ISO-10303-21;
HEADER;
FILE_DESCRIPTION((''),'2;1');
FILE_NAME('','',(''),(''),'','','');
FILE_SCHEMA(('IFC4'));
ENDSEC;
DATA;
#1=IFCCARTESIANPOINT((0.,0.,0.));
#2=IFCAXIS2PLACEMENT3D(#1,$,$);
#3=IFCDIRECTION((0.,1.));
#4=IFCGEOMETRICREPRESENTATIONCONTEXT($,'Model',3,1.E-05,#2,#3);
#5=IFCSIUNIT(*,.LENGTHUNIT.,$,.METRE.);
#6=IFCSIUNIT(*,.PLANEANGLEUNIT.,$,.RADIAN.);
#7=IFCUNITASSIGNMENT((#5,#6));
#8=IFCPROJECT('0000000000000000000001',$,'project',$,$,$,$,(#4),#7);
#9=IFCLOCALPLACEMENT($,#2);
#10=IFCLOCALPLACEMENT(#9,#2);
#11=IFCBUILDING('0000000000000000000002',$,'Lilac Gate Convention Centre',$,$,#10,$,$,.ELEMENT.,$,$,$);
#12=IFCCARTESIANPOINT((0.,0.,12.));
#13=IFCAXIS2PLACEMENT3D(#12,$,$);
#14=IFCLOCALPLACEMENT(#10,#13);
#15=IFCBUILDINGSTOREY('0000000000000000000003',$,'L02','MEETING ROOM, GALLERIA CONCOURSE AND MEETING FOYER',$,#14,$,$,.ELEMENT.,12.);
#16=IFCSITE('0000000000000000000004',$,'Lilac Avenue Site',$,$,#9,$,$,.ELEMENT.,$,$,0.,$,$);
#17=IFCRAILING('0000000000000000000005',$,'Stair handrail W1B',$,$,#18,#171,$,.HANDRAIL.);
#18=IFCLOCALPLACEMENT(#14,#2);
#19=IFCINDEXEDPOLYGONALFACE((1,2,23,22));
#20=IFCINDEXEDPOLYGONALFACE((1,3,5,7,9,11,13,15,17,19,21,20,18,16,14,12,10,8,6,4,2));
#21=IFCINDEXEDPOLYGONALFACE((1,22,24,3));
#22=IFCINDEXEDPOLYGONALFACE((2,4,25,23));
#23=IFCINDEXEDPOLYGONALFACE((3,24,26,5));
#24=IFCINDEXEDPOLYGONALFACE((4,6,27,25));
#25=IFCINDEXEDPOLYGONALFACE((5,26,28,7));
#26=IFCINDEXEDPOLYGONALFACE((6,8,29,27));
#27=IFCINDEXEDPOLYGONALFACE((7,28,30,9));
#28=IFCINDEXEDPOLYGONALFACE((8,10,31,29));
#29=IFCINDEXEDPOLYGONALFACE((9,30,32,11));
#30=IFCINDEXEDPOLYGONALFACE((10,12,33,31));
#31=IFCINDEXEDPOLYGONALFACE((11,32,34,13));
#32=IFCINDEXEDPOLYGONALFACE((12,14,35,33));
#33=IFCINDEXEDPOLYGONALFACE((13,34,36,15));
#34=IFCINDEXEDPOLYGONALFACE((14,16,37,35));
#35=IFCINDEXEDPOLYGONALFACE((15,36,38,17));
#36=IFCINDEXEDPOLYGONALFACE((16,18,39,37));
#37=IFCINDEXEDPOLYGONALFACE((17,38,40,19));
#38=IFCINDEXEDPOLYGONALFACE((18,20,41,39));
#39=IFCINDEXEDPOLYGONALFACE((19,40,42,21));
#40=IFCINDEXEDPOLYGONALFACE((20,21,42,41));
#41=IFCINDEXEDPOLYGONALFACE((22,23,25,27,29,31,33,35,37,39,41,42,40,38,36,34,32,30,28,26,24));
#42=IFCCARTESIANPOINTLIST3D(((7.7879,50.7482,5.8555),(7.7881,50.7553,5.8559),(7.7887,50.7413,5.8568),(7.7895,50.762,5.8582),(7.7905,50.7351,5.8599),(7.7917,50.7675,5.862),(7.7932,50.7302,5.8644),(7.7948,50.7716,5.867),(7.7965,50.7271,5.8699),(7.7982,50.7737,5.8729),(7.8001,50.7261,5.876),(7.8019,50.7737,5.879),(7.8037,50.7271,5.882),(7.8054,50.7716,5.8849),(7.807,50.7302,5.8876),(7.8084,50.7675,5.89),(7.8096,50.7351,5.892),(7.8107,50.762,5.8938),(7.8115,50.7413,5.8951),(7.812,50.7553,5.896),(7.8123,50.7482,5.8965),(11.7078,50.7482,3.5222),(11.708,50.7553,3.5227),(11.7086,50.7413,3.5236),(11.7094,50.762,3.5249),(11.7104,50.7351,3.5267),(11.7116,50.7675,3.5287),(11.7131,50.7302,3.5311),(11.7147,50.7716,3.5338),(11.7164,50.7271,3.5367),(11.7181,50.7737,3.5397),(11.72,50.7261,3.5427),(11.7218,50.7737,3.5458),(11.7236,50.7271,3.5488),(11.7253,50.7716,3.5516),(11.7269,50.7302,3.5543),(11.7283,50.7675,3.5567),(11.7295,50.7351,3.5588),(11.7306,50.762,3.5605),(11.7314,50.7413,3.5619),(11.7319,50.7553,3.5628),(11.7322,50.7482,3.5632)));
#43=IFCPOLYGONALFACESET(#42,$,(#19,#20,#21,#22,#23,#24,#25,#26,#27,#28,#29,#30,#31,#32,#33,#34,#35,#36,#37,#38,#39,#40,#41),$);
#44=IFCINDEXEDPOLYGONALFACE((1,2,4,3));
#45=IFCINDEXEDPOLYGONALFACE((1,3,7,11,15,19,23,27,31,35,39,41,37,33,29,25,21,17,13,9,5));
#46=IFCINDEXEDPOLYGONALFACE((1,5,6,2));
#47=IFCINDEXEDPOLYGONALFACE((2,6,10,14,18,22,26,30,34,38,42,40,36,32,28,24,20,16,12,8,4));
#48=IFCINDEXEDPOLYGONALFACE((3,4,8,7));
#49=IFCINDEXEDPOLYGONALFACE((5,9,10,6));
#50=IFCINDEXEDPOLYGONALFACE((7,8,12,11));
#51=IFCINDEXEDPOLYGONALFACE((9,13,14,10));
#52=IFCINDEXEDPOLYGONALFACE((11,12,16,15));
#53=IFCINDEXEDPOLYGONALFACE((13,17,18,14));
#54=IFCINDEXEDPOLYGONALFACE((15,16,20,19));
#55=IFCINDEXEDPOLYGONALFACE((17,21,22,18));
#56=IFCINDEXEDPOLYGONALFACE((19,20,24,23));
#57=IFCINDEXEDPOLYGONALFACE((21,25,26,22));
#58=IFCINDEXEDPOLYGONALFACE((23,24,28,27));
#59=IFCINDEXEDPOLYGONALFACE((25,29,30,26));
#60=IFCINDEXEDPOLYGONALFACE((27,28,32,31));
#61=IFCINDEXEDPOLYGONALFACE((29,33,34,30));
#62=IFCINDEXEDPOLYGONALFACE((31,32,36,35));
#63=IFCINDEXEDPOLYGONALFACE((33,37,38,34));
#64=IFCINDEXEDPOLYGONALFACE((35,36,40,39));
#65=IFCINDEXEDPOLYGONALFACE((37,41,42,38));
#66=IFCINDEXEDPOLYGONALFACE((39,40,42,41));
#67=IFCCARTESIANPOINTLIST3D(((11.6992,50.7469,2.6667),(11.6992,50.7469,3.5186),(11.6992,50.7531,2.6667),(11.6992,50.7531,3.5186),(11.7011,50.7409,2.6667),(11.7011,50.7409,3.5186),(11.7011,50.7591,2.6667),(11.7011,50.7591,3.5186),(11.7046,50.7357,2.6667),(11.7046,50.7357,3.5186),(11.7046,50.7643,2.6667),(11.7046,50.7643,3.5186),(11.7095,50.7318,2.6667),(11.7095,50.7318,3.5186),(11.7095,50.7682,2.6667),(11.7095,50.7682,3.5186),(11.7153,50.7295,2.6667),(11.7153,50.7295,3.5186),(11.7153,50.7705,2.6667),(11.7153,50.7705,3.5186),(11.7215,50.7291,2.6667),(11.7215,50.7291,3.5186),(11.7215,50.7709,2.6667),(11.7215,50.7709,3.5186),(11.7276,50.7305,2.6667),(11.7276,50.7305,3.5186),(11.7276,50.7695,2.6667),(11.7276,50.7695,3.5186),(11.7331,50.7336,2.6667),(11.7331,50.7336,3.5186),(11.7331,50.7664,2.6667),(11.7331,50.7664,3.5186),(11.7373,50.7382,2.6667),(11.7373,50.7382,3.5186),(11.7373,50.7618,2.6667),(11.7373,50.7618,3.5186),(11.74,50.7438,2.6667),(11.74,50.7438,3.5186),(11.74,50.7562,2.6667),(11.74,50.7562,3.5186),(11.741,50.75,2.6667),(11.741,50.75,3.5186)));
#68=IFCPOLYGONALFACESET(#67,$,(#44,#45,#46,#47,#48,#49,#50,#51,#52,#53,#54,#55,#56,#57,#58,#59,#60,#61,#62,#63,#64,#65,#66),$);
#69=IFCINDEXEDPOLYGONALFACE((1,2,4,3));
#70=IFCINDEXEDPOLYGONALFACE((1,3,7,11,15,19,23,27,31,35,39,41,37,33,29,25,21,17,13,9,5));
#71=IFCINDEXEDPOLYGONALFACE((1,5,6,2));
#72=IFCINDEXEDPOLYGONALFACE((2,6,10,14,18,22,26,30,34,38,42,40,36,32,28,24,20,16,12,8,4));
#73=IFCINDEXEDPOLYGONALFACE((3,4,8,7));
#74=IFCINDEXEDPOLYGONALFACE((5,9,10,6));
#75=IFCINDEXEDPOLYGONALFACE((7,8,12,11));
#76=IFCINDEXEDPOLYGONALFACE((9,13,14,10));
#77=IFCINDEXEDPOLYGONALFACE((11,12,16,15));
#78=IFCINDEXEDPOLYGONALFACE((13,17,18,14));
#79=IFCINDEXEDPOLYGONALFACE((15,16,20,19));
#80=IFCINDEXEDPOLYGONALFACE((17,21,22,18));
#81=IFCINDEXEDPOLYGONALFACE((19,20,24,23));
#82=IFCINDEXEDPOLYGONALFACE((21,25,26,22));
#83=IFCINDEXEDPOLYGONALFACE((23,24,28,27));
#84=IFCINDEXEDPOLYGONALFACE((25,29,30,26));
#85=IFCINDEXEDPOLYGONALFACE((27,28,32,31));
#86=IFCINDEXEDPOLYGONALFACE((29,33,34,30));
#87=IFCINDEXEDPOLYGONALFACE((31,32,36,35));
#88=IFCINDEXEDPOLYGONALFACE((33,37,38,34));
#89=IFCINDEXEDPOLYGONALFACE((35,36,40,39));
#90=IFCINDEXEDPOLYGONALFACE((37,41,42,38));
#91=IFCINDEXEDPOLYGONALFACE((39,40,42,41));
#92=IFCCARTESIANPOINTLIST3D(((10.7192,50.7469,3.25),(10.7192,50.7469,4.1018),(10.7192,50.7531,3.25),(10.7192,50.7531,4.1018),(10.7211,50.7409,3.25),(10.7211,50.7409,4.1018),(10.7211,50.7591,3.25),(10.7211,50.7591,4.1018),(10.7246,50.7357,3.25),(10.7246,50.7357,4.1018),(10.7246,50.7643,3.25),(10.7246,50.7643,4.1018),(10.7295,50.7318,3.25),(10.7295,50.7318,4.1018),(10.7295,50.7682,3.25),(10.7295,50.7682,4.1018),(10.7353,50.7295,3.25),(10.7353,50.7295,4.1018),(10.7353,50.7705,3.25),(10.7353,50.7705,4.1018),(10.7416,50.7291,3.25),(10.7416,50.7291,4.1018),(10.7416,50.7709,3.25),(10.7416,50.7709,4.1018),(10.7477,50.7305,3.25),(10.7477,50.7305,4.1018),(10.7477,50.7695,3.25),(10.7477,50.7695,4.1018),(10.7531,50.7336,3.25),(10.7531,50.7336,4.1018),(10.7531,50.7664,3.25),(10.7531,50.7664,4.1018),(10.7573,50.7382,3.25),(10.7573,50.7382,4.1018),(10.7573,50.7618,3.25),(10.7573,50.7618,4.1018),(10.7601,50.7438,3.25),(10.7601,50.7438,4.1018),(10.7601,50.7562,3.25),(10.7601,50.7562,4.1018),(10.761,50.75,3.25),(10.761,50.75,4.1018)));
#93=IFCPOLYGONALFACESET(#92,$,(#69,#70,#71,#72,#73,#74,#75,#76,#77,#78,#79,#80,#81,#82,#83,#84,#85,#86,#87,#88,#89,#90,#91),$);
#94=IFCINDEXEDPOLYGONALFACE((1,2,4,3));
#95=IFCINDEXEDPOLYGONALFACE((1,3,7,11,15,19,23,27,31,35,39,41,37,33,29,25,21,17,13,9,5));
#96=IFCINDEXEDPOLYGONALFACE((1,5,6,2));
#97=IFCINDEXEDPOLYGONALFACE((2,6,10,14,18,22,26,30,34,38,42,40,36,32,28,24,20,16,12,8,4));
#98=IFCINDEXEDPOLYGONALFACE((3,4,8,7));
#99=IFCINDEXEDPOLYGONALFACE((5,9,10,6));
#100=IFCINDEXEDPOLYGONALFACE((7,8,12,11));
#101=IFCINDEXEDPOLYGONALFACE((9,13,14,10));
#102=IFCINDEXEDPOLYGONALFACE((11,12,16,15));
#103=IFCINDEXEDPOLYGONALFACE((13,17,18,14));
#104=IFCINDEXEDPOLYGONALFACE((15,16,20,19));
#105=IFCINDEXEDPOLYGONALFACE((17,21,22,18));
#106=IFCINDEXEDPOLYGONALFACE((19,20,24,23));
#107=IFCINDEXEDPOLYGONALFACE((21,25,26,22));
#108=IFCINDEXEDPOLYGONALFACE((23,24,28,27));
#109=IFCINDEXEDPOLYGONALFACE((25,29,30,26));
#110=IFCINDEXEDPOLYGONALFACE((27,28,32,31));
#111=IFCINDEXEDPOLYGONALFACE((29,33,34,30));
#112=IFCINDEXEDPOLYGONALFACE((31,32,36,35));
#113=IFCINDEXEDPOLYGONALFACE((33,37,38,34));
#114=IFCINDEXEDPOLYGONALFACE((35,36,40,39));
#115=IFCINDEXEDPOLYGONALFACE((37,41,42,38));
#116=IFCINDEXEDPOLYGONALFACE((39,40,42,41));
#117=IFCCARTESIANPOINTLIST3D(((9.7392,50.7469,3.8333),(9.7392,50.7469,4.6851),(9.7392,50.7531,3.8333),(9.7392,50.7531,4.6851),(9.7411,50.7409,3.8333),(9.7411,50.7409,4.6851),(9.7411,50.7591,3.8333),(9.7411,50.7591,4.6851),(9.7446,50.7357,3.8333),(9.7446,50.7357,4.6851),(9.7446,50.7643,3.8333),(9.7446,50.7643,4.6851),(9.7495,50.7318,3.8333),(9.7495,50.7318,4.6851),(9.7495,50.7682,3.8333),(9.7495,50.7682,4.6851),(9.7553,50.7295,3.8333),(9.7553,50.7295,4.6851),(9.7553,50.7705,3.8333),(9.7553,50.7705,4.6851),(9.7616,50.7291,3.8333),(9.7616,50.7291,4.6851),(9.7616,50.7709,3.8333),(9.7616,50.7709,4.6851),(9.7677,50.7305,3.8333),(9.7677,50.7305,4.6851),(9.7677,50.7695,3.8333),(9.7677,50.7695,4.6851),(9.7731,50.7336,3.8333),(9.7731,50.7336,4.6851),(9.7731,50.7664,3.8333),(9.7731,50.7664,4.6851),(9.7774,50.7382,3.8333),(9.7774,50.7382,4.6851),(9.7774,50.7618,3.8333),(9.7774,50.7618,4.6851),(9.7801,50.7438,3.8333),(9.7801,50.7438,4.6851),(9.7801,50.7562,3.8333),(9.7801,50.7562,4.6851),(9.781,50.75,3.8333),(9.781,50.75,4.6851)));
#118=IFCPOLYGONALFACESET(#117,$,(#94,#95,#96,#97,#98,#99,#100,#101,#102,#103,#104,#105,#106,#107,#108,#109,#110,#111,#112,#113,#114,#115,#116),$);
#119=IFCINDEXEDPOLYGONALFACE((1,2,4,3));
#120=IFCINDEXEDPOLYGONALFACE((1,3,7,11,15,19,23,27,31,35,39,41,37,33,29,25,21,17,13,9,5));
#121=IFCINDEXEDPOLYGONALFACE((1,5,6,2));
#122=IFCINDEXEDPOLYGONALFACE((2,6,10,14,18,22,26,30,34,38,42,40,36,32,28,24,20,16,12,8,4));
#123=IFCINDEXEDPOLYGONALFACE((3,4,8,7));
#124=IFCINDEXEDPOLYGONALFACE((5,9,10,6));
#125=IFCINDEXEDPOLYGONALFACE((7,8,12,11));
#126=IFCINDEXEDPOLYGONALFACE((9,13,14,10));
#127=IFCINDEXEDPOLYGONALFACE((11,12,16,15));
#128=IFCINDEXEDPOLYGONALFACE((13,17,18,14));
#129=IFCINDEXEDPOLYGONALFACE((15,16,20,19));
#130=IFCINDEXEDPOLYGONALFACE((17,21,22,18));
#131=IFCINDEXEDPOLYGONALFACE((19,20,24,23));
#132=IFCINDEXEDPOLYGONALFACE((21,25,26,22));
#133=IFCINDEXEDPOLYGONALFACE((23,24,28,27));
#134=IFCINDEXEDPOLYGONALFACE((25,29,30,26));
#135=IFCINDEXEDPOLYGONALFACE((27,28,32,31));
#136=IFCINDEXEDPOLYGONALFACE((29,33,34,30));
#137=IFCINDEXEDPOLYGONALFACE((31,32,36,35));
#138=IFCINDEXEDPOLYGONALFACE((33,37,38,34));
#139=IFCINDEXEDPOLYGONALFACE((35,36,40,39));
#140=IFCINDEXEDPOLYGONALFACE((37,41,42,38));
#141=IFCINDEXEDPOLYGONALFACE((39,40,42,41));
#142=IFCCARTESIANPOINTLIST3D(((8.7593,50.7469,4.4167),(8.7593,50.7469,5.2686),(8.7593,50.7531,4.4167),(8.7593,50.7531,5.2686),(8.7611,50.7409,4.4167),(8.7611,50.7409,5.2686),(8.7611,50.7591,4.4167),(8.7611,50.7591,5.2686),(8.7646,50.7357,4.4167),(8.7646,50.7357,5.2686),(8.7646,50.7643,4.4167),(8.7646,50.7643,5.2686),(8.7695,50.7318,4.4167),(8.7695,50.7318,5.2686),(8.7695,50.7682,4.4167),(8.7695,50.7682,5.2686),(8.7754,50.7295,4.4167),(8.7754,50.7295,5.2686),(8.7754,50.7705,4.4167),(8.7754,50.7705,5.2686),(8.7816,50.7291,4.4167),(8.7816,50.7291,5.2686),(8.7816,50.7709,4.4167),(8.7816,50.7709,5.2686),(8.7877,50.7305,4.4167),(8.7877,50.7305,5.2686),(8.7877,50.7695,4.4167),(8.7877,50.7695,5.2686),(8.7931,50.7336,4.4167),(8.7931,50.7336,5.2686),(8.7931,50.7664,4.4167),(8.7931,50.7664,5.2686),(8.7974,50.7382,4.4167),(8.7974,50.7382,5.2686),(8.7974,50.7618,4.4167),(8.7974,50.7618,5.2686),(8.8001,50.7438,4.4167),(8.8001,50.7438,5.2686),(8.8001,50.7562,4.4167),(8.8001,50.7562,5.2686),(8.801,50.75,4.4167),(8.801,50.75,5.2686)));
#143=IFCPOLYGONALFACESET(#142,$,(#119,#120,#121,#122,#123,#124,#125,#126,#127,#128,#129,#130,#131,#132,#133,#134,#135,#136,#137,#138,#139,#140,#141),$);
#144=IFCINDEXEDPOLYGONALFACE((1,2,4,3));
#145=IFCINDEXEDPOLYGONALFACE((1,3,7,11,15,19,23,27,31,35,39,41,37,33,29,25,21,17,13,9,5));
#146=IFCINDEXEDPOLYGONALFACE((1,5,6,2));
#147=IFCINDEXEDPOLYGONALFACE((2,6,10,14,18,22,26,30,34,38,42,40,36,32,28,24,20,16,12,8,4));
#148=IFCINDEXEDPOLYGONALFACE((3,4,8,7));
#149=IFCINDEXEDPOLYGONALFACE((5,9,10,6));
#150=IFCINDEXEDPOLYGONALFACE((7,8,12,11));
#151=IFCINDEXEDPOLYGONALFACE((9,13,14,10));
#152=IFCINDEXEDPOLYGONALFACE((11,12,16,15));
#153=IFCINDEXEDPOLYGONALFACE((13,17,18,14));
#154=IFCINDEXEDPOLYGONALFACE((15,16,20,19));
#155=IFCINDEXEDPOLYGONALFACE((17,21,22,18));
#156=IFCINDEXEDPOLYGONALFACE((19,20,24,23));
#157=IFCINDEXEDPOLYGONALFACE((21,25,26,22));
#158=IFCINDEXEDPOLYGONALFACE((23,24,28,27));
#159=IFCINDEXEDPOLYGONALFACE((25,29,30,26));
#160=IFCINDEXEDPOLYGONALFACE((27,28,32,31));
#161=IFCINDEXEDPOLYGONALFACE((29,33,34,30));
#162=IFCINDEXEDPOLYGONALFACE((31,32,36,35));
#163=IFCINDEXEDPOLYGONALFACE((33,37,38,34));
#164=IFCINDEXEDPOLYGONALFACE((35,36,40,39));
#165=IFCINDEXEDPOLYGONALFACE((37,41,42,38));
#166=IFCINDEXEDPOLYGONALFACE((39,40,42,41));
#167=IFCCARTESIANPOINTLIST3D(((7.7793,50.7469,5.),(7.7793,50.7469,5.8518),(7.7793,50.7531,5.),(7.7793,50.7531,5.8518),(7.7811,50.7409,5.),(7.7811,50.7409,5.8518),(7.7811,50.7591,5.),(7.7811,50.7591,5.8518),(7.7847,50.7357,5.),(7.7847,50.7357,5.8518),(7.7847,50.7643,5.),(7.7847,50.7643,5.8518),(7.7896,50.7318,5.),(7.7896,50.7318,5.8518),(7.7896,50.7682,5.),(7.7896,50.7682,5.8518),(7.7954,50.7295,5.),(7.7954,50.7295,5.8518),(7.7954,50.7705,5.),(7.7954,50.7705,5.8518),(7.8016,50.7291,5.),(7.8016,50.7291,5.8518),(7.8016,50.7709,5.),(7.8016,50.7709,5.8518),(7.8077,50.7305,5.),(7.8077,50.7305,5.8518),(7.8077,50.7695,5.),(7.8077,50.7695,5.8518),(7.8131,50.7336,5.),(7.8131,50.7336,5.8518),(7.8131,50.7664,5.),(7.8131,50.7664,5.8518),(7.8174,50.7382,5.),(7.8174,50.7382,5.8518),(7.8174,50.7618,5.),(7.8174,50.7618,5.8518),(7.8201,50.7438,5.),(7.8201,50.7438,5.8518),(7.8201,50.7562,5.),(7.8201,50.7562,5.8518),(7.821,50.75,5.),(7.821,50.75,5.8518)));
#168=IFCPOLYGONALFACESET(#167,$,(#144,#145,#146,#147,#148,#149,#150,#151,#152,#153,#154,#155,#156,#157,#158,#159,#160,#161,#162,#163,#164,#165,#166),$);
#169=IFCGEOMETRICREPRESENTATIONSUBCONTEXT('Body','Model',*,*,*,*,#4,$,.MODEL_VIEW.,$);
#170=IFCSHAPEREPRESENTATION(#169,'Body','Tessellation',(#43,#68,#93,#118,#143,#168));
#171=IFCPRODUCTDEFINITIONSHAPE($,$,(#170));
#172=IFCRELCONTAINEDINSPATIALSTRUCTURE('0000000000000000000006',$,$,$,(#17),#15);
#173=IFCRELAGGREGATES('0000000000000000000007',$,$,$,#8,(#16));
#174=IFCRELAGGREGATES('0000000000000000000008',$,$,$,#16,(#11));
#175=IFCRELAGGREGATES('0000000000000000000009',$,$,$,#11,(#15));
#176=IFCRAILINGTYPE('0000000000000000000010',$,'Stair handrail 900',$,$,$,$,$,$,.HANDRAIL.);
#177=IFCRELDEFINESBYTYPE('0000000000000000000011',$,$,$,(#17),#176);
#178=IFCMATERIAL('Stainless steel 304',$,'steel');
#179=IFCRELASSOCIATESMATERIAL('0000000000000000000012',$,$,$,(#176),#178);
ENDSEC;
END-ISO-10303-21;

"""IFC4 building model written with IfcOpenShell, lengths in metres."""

from ifc_helpers import new_model, si_unit, direction, frame, origin, origin_2d, place, context, subcontext, project, spatial, circle, extrude, material, type_object, element, save


model = new_model("IFC4")

# Units and contexts
model_context = context("Model", 3, precision=1e-05, world=origin(), true_north=direction((0.0, 1.0)))
body_context = subcontext(model_context, "Body", "Model", "MODEL_VIEW")
ifc_project = project(units=[si_unit("LENGTHUNIT", "METRE"), si_unit("PLANEANGLEUNIT", "RADIAN")], contexts=[model_context])

# Site, building, storey
site_placement = place(None, origin())
site = spatial("IfcSite", under=ifc_project, at=site_placement, Name="Lilac Avenue Site", CompositionType="ELEMENT", RefElevation=0.0)
building_placement = place(site_placement, origin())
building = spatial("IfcBuilding", under=site, at=building_placement, Name="Lilac Gate Convention Centre", CompositionType="ELEMENT")
storey_placement = place(building_placement, frame((0.0, 0.0, 12.0)))
storey = spatial("IfcBuildingStorey", under=building, at=storey_placement, Name="L02", Description="MEETING ROOM, GALLERIA CONCOURSE AND MEETING FOYER", CompositionType="ELEMENT", Elevation=12.0)

# Railing
ifc_material_1 = material(Name="Stainless steel 304", Category="steel")
railing_type = type_object("IfcRailingType", Name="Stair handrail 900", PredefinedType="HANDRAIL", material=ifc_material_1)
for number, where, name in (
    (1, (11.72, 50.75, 2.6667), "Stair handrail W1B"),
):
    element("IfcRailing", number, at=place(storey_placement, frame(where)), inside=storey, type_object=railing_type, Name=name, PredefinedType="HANDRAIL", context=body_context, shape_type="SweptSolid", body=[
        extrude(circle(Radius=0.0239, at=origin_2d()), frame((0.0, 0.0, 0.876), z_axis=(-0.859296, 0.0, 0.511478), x_axis=(0.0, -1.0, 0.0)), (0.0, 0.0, 1.0), 4.5618),
        extrude(circle(Radius=0.021, at=origin_2d()), origin(), (0.0, 0.0, 1.0), 0.8518),
        extrude(circle(Radius=0.021, at=origin_2d()), frame((-0.98, 0.0, 0.5833)), (0.0, 0.0, 1.0), 0.8518),
        extrude(circle(Radius=0.021, at=origin_2d()), frame((-1.96, 0.0, 1.1665)), (0.0, 0.0, 1.0), 0.8518),
        extrude(circle(Radius=0.021, at=origin_2d()), frame((-2.9399, 0.0, 1.75)), (0.0, 0.0, 1.0), 0.8518),
        extrude(circle(Radius=0.021, at=origin_2d()), frame((-3.9199, 0.0, 2.3333)), (0.0, 0.0, 1.0), 0.8518),
    ])

save(model, "model.ifc")
